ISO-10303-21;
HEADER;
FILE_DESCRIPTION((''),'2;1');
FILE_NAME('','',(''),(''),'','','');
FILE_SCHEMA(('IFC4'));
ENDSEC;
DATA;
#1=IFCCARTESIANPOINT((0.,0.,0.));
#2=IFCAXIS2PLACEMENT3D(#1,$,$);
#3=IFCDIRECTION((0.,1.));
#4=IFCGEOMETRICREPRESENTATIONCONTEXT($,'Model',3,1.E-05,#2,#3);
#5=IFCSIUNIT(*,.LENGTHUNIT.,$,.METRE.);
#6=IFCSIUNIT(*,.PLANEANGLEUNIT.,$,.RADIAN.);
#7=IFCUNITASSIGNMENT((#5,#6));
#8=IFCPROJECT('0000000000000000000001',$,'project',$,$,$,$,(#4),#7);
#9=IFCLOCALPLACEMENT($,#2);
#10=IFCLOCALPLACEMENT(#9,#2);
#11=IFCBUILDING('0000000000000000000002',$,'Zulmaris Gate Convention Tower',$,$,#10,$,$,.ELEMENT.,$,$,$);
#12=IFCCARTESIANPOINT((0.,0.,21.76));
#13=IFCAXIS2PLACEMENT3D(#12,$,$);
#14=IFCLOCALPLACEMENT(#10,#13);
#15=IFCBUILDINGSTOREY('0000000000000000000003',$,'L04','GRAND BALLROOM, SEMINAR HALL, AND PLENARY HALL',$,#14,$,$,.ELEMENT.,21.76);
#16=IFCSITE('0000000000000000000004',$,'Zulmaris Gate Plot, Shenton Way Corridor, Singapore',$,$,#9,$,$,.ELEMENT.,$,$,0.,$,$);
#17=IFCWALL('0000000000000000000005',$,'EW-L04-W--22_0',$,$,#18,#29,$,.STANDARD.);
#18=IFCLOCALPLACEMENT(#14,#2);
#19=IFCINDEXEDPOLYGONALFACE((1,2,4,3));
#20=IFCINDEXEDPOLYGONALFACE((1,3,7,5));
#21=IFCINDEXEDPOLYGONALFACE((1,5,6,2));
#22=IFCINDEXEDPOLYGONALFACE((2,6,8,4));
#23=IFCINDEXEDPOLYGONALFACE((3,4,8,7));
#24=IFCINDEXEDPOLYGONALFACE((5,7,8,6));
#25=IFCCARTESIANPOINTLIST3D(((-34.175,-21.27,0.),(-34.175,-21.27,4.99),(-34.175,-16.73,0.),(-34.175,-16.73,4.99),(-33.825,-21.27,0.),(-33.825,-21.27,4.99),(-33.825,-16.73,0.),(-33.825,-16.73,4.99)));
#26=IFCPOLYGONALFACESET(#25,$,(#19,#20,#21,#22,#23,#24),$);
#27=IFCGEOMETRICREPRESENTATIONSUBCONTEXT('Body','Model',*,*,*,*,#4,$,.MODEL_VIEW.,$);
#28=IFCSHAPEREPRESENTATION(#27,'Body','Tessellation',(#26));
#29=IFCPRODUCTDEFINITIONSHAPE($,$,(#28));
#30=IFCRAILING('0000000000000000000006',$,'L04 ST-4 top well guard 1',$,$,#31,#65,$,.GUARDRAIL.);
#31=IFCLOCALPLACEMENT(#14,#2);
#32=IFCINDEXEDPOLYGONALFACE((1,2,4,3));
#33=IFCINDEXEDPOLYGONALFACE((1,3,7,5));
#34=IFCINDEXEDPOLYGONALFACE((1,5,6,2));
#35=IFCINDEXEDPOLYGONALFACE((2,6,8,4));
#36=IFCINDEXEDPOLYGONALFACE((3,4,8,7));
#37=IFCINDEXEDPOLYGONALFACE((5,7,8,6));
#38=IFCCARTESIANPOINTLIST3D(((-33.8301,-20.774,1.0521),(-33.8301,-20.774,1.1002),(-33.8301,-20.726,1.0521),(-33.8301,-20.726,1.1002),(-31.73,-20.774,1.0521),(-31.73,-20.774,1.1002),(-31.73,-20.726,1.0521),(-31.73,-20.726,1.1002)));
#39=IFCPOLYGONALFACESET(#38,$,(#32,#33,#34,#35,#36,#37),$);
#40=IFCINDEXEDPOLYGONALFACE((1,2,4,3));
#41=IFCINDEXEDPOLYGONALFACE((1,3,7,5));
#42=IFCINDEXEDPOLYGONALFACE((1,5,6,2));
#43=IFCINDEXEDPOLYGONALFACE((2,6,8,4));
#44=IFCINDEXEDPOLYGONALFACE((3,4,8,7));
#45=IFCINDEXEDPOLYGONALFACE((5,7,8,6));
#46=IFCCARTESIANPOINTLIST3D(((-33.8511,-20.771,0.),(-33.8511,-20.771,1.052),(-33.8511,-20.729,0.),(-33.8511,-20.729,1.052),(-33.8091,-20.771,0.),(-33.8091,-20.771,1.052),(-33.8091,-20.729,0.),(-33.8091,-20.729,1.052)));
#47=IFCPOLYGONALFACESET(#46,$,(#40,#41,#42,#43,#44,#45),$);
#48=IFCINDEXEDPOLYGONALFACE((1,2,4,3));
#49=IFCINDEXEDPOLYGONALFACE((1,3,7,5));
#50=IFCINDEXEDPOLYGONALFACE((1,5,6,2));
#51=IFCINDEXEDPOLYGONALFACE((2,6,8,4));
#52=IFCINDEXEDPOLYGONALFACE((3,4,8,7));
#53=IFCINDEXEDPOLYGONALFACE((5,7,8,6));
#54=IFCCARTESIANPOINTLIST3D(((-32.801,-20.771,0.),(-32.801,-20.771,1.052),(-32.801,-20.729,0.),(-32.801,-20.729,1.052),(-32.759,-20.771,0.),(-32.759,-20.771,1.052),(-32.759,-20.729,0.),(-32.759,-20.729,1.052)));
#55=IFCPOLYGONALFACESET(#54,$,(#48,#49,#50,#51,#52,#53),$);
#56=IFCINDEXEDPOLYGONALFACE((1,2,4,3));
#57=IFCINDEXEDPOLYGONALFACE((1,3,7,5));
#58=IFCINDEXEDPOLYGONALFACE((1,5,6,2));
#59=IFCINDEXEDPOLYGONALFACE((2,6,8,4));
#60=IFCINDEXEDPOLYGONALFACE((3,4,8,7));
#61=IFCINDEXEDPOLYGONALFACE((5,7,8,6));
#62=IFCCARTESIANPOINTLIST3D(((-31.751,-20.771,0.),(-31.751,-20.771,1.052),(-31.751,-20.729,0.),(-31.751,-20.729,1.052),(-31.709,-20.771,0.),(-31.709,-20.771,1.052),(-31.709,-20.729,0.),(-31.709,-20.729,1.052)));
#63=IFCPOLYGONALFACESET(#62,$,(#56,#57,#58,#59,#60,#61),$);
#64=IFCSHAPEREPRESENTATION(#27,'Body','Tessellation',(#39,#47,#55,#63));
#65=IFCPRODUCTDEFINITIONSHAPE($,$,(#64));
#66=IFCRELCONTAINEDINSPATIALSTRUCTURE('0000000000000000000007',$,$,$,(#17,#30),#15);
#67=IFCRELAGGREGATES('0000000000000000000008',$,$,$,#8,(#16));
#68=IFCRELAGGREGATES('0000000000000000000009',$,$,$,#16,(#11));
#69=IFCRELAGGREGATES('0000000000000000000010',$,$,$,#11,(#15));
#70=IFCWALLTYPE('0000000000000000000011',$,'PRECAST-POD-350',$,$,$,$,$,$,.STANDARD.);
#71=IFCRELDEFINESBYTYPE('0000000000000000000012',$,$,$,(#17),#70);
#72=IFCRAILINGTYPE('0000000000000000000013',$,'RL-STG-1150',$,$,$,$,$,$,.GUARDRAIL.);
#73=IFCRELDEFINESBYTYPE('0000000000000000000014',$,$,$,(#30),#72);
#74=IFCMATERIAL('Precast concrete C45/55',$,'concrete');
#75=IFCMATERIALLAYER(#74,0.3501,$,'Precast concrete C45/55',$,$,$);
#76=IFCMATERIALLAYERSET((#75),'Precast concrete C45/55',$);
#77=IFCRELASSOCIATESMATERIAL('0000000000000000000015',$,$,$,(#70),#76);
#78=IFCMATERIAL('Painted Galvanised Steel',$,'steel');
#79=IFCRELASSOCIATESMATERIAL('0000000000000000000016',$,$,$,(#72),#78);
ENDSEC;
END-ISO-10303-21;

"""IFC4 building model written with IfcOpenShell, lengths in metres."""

from ifc_helpers import new_model, si_unit, direction, frame, frame_2d, origin, origin_2d, place, context, subcontext, project, spatial, rectangle, extrude, material, layer, layer_set, type_object, element, save


model = new_model("IFC4")

# Units and contexts
model_context = context("Model", 3, precision=1e-05, world=origin(), true_north=direction((0.0, 1.0)))
body_context = subcontext(model_context, "Body", "Model", "MODEL_VIEW")
ifc_project = project(units=[si_unit("LENGTHUNIT", "METRE"), si_unit("PLANEANGLEUNIT", "RADIAN")], contexts=[model_context])

# Site, building, storey
site_placement = place(None, origin())
site = spatial("IfcSite", under=ifc_project, at=site_placement, Name="Zulmaris Gate Plot, Shenton Way Corridor, Singapore", CompositionType="ELEMENT", RefElevation=0.0)
building_placement = place(site_placement, origin())
building = spatial("IfcBuilding", under=site, at=building_placement, Name="Zulmaris Gate Convention Tower", CompositionType="ELEMENT")
storey_placement = place(building_placement, frame((0.0, 0.0, 21.76)))
storey = spatial("IfcBuildingStorey", under=building, at=storey_placement, Name="L04", Description="GRAND BALLROOM, SEMINAR HALL, AND PLENARY HALL", CompositionType="ELEMENT", Elevation=21.76)

# Wall
ifc_material_1 = material(Name="Precast concrete C45/55", Category="concrete")
ifc_layer_1 = layer(ifc_material_1, 0.3501, Name="Precast concrete C45/55")
ifc_layer_set_1 = layer_set([ifc_layer_1], Name="Precast concrete C45/55")
wall_type_1 = type_object("IfcWallType", Name="PRECAST-POD-350", PredefinedType="STANDARD", material=ifc_layer_set_1)
wall_1_placement = place(storey_placement, frame((-34.0, -21.27, 0.0), z_axis=(0.0, 0.0, 1.0), x_axis=(0.0, 1.0, 0.0)))
element("IfcWall", 1, at=wall_1_placement, inside=storey, type_object=wall_type_1, Name="EW-L04-W--22_0", PredefinedType="STANDARD", context=body_context, shape_type="SweptSolid", body=[
    extrude(rectangle(XDim=4.54, YDim=0.3501, at=frame_2d((2.27, 0.0))), origin(), (0.0, 0.0, 1.0), 4.99),
])

# Railing
ifc_material_2 = material(Name="Painted Galvanised Steel", Category="steel")
railing_type = type_object("IfcRailingType", Name="RL-STG-1150", PredefinedType="GUARDRAIL", material=ifc_material_2)
railing_placement = place(storey_placement, frame((-33.8301, -20.75, 0.0)))
element("IfcRailing", 2, at=railing_placement, inside=storey, type_object=railing_type, Name="L04 ST-4 top well guard 1", PredefinedType="GUARDRAIL", context=body_context, shape_type="SweptSolid", body=[
    extrude(rectangle(XDim=0.0481, YDim=0.0481, at=origin_2d()), frame((0.0, 0.0, 1.0762), z_axis=(1.0, 0.0, 0.0), x_axis=(0.0, 1.0, 0.0)), (0.0, 0.0, 1.0), 2.1001),
    extrude(rectangle(XDim=0.042, YDim=0.042, at=origin_2d()), origin(), (0.0, 0.0, 1.0), 1.052),
    extrude(rectangle(XDim=0.042, YDim=0.042, at=origin_2d()), frame((1.05, 0.0, 0.0)), (0.0, 0.0, 1.0), 1.052),
    extrude(rectangle(XDim=0.042, YDim=0.042, at=origin_2d()), frame((2.1001, 0.0, 0.0)), (0.0, 0.0, 1.0), 1.052),
])

save(model, "model.ifc")
